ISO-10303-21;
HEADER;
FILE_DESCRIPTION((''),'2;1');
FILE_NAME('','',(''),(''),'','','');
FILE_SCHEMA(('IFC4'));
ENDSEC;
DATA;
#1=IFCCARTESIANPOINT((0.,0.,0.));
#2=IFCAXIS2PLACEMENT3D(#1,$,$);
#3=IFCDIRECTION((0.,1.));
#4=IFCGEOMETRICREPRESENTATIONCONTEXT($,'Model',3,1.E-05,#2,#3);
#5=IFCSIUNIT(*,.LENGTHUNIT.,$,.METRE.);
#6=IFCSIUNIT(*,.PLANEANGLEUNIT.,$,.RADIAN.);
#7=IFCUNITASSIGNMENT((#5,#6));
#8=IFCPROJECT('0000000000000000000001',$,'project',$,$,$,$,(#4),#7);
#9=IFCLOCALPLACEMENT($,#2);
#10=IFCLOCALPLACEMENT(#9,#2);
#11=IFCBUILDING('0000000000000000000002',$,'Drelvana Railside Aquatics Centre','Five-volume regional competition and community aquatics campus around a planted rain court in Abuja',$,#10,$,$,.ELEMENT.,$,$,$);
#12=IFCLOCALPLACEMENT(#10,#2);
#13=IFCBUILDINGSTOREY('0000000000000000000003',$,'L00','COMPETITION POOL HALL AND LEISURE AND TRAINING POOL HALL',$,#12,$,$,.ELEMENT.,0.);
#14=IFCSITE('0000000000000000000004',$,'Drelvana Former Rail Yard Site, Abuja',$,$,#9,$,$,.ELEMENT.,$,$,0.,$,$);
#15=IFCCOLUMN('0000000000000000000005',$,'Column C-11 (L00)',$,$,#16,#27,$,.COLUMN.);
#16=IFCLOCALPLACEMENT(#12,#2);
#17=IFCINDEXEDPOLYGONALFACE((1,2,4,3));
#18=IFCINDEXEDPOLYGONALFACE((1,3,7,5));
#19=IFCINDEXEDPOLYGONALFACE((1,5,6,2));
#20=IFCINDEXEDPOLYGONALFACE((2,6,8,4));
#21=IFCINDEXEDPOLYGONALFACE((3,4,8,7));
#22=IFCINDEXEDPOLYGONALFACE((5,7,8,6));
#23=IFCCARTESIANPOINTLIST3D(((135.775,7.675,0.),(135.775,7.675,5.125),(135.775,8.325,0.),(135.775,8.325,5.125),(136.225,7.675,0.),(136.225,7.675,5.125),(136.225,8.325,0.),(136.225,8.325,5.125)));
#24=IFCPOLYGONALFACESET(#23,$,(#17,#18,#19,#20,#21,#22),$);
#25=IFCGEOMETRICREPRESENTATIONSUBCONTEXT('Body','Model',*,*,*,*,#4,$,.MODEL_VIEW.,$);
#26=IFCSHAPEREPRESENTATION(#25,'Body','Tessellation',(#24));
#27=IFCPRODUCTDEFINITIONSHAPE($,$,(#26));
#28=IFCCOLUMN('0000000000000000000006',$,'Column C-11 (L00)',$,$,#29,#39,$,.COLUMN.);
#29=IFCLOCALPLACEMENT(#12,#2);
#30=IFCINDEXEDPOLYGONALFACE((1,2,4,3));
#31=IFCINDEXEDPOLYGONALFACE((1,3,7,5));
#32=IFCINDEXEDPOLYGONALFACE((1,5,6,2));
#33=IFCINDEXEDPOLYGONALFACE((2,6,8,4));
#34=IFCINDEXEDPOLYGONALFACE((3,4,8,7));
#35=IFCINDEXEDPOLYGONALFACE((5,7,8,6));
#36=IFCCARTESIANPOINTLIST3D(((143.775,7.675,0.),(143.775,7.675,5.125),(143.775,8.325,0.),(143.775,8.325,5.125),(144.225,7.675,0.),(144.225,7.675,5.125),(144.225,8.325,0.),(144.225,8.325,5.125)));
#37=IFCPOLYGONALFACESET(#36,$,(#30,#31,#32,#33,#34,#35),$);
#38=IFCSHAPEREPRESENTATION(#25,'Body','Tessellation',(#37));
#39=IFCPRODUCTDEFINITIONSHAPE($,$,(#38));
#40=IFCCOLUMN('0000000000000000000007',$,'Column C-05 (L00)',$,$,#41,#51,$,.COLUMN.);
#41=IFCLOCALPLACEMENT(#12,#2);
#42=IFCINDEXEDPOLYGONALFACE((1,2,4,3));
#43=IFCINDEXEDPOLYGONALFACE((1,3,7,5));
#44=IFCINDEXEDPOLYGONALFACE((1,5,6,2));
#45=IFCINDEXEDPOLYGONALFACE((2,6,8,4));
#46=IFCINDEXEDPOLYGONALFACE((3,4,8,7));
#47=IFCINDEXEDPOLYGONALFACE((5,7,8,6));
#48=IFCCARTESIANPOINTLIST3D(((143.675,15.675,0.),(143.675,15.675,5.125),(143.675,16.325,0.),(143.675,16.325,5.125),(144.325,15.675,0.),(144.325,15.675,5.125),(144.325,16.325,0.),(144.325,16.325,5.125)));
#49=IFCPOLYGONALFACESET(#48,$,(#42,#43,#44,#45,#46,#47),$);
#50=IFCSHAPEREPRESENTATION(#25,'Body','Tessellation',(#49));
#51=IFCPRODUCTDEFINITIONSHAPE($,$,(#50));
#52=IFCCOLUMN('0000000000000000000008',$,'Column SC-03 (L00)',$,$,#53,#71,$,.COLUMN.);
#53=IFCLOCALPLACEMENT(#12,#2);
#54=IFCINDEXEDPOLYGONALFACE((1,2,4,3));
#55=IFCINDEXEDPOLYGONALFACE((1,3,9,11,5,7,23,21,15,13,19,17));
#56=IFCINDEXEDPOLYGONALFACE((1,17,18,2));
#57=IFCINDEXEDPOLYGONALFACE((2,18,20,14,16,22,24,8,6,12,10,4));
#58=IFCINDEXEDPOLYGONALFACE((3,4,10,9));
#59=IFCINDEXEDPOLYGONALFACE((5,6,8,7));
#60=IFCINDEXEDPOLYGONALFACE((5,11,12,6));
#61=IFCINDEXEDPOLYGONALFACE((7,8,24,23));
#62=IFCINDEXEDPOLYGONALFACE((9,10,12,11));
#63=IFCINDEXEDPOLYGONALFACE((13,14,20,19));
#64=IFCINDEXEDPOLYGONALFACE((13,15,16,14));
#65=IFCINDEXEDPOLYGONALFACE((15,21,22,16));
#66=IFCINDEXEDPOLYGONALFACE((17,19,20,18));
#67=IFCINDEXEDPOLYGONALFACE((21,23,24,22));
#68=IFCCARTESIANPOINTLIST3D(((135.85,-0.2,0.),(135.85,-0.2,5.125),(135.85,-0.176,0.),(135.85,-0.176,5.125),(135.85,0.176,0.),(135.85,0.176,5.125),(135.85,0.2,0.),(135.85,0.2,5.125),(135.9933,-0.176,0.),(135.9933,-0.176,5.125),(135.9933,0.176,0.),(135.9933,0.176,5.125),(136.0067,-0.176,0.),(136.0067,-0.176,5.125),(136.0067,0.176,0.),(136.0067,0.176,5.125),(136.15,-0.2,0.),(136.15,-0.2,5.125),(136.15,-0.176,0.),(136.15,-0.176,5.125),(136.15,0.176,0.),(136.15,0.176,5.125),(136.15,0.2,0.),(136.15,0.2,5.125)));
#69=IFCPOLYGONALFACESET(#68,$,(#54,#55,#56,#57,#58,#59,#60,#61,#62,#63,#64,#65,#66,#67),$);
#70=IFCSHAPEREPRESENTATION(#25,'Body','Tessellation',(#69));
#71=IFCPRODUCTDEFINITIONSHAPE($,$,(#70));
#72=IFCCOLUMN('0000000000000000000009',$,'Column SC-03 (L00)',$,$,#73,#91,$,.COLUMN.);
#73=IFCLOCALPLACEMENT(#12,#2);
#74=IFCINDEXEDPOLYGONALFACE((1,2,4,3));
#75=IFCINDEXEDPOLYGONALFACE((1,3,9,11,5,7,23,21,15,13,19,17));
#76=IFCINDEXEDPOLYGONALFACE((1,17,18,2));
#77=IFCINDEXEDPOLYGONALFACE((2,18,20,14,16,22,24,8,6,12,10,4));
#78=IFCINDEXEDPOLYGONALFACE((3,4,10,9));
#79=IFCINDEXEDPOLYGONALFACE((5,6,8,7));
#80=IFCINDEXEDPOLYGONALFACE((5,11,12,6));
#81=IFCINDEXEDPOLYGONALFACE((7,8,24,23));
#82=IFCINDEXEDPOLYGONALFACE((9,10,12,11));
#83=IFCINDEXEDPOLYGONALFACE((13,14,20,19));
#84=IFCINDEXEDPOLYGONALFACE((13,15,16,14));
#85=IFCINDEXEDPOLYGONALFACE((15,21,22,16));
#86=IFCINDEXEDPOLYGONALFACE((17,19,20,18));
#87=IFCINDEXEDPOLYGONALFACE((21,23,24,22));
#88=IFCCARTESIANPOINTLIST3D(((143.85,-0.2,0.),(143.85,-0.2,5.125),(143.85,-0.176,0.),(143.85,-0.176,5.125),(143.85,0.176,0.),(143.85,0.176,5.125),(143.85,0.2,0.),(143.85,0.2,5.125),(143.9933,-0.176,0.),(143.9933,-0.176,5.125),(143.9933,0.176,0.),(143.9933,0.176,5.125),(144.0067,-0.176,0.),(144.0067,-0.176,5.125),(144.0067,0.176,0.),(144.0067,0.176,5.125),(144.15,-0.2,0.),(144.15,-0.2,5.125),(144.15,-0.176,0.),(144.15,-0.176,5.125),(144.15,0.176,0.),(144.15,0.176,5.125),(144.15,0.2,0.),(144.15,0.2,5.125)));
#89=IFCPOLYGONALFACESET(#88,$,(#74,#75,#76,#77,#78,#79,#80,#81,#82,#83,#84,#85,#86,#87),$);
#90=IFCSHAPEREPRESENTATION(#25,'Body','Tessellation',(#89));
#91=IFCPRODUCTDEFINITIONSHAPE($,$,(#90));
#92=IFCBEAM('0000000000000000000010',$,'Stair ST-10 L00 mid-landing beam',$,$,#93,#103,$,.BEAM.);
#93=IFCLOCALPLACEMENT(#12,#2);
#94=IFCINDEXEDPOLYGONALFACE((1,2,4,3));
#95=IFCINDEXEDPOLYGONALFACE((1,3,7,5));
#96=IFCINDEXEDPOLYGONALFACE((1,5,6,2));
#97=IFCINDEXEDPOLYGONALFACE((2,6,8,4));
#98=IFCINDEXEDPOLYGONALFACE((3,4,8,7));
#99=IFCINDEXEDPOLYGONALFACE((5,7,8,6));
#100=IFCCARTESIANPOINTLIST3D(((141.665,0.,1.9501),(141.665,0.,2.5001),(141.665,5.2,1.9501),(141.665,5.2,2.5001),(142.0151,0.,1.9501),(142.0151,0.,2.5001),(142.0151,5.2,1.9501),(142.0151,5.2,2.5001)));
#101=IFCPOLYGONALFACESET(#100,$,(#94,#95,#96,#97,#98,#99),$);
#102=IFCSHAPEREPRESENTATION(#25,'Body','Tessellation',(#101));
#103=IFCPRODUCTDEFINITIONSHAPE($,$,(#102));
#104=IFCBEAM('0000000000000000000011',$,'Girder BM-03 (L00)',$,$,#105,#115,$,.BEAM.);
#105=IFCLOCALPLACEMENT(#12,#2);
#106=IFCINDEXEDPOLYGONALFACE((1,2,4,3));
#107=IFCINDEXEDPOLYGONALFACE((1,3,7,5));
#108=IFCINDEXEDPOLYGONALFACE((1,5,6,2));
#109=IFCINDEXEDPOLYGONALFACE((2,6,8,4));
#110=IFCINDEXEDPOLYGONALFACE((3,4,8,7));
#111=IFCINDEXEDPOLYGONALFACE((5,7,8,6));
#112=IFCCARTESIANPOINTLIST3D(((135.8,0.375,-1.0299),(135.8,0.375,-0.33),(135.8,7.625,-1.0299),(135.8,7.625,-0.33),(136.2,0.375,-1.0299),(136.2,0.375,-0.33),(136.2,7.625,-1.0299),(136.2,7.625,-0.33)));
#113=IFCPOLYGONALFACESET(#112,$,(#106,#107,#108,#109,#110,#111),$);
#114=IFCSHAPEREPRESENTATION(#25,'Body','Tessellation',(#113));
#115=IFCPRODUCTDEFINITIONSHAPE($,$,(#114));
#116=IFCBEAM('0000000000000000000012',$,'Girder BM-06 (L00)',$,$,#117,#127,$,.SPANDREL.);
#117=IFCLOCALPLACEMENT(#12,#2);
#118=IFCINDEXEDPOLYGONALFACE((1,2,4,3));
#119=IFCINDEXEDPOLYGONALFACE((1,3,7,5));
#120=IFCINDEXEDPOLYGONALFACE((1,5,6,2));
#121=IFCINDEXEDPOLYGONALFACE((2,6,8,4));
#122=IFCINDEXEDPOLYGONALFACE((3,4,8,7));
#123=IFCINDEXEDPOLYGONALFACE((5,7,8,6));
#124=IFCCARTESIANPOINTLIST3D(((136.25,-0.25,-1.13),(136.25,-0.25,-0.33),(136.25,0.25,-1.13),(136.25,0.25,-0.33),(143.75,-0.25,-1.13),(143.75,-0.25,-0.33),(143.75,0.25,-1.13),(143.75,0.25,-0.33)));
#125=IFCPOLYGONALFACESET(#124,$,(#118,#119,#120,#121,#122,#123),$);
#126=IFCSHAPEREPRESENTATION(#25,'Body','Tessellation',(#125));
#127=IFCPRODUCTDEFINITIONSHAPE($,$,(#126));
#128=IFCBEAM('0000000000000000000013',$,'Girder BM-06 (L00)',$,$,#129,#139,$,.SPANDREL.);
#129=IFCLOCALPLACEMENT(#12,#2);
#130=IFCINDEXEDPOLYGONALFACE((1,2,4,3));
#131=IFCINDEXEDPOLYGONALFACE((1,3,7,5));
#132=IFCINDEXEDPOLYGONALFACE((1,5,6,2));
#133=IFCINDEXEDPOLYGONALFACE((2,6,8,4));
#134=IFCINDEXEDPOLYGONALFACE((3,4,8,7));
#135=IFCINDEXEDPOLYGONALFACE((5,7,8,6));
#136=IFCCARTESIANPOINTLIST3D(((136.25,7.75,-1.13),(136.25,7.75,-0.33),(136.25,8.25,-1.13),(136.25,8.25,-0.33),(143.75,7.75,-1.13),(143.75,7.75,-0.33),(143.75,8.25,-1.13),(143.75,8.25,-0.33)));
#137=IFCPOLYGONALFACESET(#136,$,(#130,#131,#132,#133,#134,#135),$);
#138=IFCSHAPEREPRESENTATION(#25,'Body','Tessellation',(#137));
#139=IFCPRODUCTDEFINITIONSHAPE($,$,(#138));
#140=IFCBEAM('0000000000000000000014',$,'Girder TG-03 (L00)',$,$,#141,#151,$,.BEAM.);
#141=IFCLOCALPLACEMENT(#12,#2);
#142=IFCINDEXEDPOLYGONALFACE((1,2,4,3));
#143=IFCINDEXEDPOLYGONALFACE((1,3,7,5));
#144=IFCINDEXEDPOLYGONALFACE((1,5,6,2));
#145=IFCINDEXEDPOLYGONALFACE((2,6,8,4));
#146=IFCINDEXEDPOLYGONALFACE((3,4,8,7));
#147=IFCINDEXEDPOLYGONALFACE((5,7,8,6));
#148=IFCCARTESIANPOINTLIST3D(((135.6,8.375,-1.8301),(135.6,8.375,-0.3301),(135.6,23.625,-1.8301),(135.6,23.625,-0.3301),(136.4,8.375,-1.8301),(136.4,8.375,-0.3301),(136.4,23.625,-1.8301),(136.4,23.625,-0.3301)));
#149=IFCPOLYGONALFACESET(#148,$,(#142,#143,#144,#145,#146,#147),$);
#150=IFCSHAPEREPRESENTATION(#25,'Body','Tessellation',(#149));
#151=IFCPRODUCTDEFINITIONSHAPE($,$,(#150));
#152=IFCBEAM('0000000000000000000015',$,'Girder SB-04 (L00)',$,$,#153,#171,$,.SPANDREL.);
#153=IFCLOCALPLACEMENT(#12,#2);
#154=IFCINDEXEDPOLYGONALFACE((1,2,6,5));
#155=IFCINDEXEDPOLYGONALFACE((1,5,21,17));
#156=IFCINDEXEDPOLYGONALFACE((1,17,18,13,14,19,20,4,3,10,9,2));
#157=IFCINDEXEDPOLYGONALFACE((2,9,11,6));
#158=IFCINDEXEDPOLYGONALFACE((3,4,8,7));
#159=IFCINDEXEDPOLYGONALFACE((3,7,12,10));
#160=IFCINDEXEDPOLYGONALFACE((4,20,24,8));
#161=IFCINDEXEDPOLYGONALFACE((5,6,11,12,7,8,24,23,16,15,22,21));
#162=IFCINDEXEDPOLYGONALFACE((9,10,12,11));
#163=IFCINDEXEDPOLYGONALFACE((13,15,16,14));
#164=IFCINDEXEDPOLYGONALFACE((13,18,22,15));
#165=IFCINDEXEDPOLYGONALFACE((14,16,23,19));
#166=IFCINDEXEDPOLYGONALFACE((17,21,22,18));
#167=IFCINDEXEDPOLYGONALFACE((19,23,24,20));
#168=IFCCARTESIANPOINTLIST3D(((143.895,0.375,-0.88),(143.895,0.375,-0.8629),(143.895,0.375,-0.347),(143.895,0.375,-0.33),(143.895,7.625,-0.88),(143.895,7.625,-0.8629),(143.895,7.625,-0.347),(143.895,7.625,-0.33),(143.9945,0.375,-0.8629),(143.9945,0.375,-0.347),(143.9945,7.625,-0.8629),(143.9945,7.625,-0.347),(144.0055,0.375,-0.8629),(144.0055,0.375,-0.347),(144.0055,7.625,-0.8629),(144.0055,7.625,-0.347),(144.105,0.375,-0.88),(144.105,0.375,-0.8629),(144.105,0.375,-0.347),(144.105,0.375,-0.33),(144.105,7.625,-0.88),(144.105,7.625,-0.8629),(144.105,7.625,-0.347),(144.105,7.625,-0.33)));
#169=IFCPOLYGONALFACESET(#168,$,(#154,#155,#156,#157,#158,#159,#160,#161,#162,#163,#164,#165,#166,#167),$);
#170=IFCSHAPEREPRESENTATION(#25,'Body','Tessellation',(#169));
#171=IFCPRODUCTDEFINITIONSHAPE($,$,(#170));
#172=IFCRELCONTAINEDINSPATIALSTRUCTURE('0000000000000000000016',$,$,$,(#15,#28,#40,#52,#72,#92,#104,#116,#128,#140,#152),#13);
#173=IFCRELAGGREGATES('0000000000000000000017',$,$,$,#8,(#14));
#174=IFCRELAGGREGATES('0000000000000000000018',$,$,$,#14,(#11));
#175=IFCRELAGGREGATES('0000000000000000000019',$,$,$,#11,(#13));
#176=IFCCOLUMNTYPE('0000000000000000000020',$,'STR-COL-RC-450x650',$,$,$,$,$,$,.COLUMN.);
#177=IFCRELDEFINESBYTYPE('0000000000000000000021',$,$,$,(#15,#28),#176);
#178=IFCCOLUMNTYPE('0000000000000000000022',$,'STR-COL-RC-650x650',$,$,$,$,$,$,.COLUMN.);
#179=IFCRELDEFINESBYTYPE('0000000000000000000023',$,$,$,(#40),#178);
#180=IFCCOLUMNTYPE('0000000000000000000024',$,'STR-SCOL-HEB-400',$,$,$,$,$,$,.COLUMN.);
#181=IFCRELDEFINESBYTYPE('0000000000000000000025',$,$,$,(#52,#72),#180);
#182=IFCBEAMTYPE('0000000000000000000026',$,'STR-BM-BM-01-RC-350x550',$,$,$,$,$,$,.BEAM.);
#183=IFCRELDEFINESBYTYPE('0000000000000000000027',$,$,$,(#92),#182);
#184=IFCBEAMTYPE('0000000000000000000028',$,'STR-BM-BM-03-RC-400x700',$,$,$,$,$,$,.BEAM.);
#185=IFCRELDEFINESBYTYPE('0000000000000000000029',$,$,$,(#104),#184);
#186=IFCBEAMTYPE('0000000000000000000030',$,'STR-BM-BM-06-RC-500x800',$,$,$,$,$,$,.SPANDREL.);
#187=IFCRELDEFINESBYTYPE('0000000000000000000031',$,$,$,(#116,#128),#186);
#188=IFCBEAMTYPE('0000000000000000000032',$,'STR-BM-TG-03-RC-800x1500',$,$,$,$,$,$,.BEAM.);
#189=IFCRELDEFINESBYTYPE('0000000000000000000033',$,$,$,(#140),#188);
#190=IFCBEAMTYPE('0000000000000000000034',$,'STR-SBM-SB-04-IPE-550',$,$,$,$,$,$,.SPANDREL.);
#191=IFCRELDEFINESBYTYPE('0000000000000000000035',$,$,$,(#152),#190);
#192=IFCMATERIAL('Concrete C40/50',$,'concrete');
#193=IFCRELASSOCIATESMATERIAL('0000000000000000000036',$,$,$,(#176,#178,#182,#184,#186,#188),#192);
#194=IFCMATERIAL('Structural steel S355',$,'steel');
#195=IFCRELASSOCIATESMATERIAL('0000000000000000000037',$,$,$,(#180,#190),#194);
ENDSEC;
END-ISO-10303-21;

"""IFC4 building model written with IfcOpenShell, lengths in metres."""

from ifc_helpers import new_model, si_unit, direction, frame, origin, origin_2d, place, context, subcontext, project, spatial, rectangle, i_section, extrude, material, material_profile, profile_set, type_object, element, save


model = new_model("IFC4")

# Units and contexts
model_context = context("Model", 3, precision=1e-05, world=origin(), true_north=direction((0.0, 1.0)))
body_context = subcontext(model_context, "Body", "Model", "MODEL_VIEW")
ifc_project = project(units=[si_unit("LENGTHUNIT", "METRE"), si_unit("PLANEANGLEUNIT", "RADIAN")], contexts=[model_context])

# Site, building, storey
site_placement = place(None, origin())
site = spatial("IfcSite", under=ifc_project, at=site_placement, Name="Drelvana Former Rail Yard Site, Abuja", CompositionType="ELEMENT", RefElevation=0.0)
building_placement = place(site_placement, origin())
building = spatial("IfcBuilding", under=site, at=building_placement, Name="Drelvana Railside Aquatics Centre", Description="Five-volume regional competition and community aquatics campus around a planted rain court in Abuja", CompositionType="ELEMENT")
storey_placement = place(building_placement, origin())
storey = spatial("IfcBuildingStorey", under=building, at=storey_placement, Name="L00", Description="COMPETITION POOL HALL AND LEISURE AND TRAINING POOL HALL", CompositionType="ELEMENT", Elevation=0.0)

# Columns
ifc_material_1 = material(Name="Concrete C40/50", Category="concrete")
ifc_material_profile_1 = material_profile(ifc_material_1, rectangle(XDim=0.45, YDim=0.6499, at=origin_2d()), Name="RC 450x650")
ifc_profile_set_1 = profile_set([ifc_material_profile_1], Name="Concrete C40/50")
column_type_1 = type_object("IfcColumnType", Name="STR-COL-RC-450x650", PredefinedType="COLUMN", material=ifc_profile_set_1)
for number, where, z_axis, x_axis, name in (
    (1, (136.0, 8.0, 0.0), (0.0, 0.0, 1.0), (1.0, 0.0, 0.0), "Column C-11 (L00)"),
    (2, (144.0, 8.0, 0.0), (0.0, 0.0, 1.0), (1.0, 0.0, 0.0), "Column C-11 (L00)"),
):
    element("IfcColumn", number, at=place(storey_placement, frame(where, z_axis=z_axis, x_axis=x_axis)), inside=storey, type_object=column_type_1, Name=name, PredefinedType="COLUMN", context=body_context, shape_type="SweptSolid", body=[
        extrude(rectangle(XDim=0.45, YDim=0.6499, at=origin_2d()), origin(), (0.0, 0.0, 1.0), 5.125),
    ])
ifc_material_profile_2 = material_profile(ifc_material_1, rectangle(XDim=0.6499, YDim=0.6499, at=origin_2d()), Name="RC 650x650")
ifc_profile_set_2 = profile_set([ifc_material_profile_2], Name="Concrete C40/50")
column_type_2 = type_object("IfcColumnType", Name="STR-COL-RC-650x650", PredefinedType="COLUMN", material=ifc_profile_set_2)
column_placement = place(storey_placement, frame((144.0, 16.0, 0.0), z_axis=(0.0, 0.0, 1.0), x_axis=(1.0, 0.0, 0.0)))
element("IfcColumn", 3, at=column_placement, inside=storey, type_object=column_type_2, Name="Column C-05 (L00)", PredefinedType="COLUMN", context=body_context, shape_type="SweptSolid", body=[
    extrude(rectangle(XDim=0.6499, YDim=0.6499, at=origin_2d()), origin(), (0.0, 0.0, 1.0), 5.125),
])
ifc_material_2 = material(Name="Structural steel S355", Category="steel")
ifc_material_profile_3 = material_profile(ifc_material_2, i_section(OverallWidth=0.3, OverallDepth=0.3999, WebThickness=0.0134, FlangeThickness=0.0239, at=origin_2d()), Name="HEB 400")
ifc_profile_set_3 = profile_set([ifc_material_profile_3], Name="Structural steel S355")
column_type_3 = type_object("IfcColumnType", Name="STR-SCOL-HEB-400", PredefinedType="COLUMN", material=ifc_profile_set_3)
for number, where, z_axis, x_axis, name in (
    (4, (136.0, 0.0, 0.0), (0.0, 0.0, 1.0), (1.0, 0.0, 0.0), "Column SC-03 (L00)"),
    (5, (144.0, 0.0, 0.0), (0.0, 0.0, 1.0), (1.0, 0.0, 0.0), "Column SC-03 (L00)"),
):
    element("IfcColumn", number, at=place(storey_placement, frame(where, z_axis=z_axis, x_axis=x_axis)), inside=storey, type_object=column_type_3, Name=name, PredefinedType="COLUMN", context=body_context, shape_type="SweptSolid", body=[
        extrude(i_section(OverallWidth=0.3, OverallDepth=0.3999, WebThickness=0.0134, FlangeThickness=0.0239, at=origin_2d()), origin(), (0.0, 0.0, 1.0), 5.125),
    ])

# Beams
ifc_material_profile_4 = material_profile(ifc_material_1, rectangle(XDim=0.3501, YDim=0.55, at=origin_2d()), Name="RC 350x550")
ifc_profile_set_4 = profile_set([ifc_material_profile_4], Name="Concrete C40/50")
beam_type_1 = type_object("IfcBeamType", Name="STR-BM-BM-01-RC-350x550", PredefinedType="BEAM", material=ifc_profile_set_4)
beam_1_placement = place(storey_placement, frame((141.8401, 0.0, 2.2251), z_axis=(0.0, 1.0, 0.0), x_axis=(-1.0, 0.0, 0.0)))
element("IfcBeam", 6, at=beam_1_placement, inside=storey, type_object=beam_type_1, Name="Stair ST-10 L00 mid-landing beam", PredefinedType="BEAM", context=body_context, shape_type="SweptSolid", body=[
    extrude(rectangle(XDim=0.3501, YDim=0.55, at=origin_2d()), origin(), (0.0, 0.0, 1.0), 5.2),
])
ifc_material_profile_5 = material_profile(ifc_material_1, rectangle(XDim=0.3999, YDim=0.7, at=origin_2d()), Name="RC 400x700")
ifc_profile_set_5 = profile_set([ifc_material_profile_5], Name="Concrete C40/50")
beam_type_2 = type_object("IfcBeamType", Name="STR-BM-BM-03-RC-400x700", PredefinedType="BEAM", material=ifc_profile_set_5)
beam_2_placement = place(storey_placement, frame((136.0, 0.375, -0.6799), z_axis=(0.0, 1.0, 0.0), x_axis=(-1.0, 0.0, 0.0)))
element("IfcBeam", 7, at=beam_2_placement, inside=storey, type_object=beam_type_2, Name="Girder BM-03 (L00)", PredefinedType="BEAM", context=body_context, shape_type="SweptSolid", body=[
    extrude(rectangle(XDim=0.3999, YDim=0.7, at=origin_2d()), origin(), (0.0, 0.0, 1.0), 7.25),
])
ifc_material_profile_6 = material_profile(ifc_material_1, rectangle(XDim=0.5, YDim=0.8, at=origin_2d()), Name="RC 500x800")
ifc_profile_set_6 = profile_set([ifc_material_profile_6], Name="Concrete C40/50")
beam_type_3 = type_object("IfcBeamType", Name="STR-BM-BM-06-RC-500x800", PredefinedType="SPANDREL", material=ifc_profile_set_6)
for number, where, z_axis, x_axis, name in (
    (8, (136.25, 0.0, -0.73), (1.0, 0.0, 0.0), (0.0, 1.0, 0.0), "Girder BM-06 (L00)"),
    (9, (136.25, 8.0, -0.73), (1.0, 0.0, 0.0), (0.0, 1.0, 0.0), "Girder BM-06 (L00)"),
):
    element("IfcBeam", number, at=place(storey_placement, frame(where, z_axis=z_axis, x_axis=x_axis)), inside=storey, type_object=beam_type_3, Name=name, PredefinedType="SPANDREL", context=body_context, shape_type="SweptSolid", body=[
        extrude(rectangle(XDim=0.5, YDim=0.8, at=origin_2d()), origin(), (0.0, 0.0, 1.0), 7.5),
    ])
ifc_material_profile_7 = material_profile(ifc_material_1, rectangle(XDim=0.8, YDim=1.5, at=origin_2d()), Name="RC 800x1500")
ifc_profile_set_7 = profile_set([ifc_material_profile_7], Name="Concrete C40/50")
beam_type_4 = type_object("IfcBeamType", Name="STR-BM-TG-03-RC-800x1500", PredefinedType="BEAM", material=ifc_profile_set_7)
beam_3_placement = place(storey_placement, frame((136.0, 8.375, -1.0801), z_axis=(0.0, 1.0, 0.0), x_axis=(-1.0, 0.0, 0.0)))
element("IfcBeam", 10, at=beam_3_placement, inside=storey, type_object=beam_type_4, Name="Girder TG-03 (L00)", PredefinedType="BEAM", context=body_context, shape_type="SweptSolid", body=[
    extrude(rectangle(XDim=0.8, YDim=1.5, at=origin_2d()), origin(), (0.0, 0.0, 1.0), 15.25),
])
ifc_material_profile_8 = material_profile(ifc_material_2, i_section(OverallWidth=0.21, OverallDepth=0.55, WebThickness=0.011, FlangeThickness=0.0171, at=origin_2d()), Name="IPE 550")
ifc_profile_set_8 = profile_set([ifc_material_profile_8], Name="Structural steel S355")
beam_type_5 = type_object("IfcBeamType", Name="STR-SBM-SB-04-IPE-550", PredefinedType="SPANDREL", material=ifc_profile_set_8)
beam_4_placement = place(storey_placement, frame((144.0, 0.375, -0.605), z_axis=(0.0, 1.0, 0.0), x_axis=(-1.0, 0.0, 0.0)))
element("IfcBeam", 11, at=beam_4_placement, inside=storey, type_object=beam_type_5, Name="Girder SB-04 (L00)", PredefinedType="SPANDREL", context=body_context, shape_type="SweptSolid", body=[
    extrude(i_section(OverallWidth=0.21, OverallDepth=0.55, WebThickness=0.011, FlangeThickness=0.0171, at=origin_2d()), origin(), (0.0, 0.0, 1.0), 7.25),
])

save(model, "model.ifc")
